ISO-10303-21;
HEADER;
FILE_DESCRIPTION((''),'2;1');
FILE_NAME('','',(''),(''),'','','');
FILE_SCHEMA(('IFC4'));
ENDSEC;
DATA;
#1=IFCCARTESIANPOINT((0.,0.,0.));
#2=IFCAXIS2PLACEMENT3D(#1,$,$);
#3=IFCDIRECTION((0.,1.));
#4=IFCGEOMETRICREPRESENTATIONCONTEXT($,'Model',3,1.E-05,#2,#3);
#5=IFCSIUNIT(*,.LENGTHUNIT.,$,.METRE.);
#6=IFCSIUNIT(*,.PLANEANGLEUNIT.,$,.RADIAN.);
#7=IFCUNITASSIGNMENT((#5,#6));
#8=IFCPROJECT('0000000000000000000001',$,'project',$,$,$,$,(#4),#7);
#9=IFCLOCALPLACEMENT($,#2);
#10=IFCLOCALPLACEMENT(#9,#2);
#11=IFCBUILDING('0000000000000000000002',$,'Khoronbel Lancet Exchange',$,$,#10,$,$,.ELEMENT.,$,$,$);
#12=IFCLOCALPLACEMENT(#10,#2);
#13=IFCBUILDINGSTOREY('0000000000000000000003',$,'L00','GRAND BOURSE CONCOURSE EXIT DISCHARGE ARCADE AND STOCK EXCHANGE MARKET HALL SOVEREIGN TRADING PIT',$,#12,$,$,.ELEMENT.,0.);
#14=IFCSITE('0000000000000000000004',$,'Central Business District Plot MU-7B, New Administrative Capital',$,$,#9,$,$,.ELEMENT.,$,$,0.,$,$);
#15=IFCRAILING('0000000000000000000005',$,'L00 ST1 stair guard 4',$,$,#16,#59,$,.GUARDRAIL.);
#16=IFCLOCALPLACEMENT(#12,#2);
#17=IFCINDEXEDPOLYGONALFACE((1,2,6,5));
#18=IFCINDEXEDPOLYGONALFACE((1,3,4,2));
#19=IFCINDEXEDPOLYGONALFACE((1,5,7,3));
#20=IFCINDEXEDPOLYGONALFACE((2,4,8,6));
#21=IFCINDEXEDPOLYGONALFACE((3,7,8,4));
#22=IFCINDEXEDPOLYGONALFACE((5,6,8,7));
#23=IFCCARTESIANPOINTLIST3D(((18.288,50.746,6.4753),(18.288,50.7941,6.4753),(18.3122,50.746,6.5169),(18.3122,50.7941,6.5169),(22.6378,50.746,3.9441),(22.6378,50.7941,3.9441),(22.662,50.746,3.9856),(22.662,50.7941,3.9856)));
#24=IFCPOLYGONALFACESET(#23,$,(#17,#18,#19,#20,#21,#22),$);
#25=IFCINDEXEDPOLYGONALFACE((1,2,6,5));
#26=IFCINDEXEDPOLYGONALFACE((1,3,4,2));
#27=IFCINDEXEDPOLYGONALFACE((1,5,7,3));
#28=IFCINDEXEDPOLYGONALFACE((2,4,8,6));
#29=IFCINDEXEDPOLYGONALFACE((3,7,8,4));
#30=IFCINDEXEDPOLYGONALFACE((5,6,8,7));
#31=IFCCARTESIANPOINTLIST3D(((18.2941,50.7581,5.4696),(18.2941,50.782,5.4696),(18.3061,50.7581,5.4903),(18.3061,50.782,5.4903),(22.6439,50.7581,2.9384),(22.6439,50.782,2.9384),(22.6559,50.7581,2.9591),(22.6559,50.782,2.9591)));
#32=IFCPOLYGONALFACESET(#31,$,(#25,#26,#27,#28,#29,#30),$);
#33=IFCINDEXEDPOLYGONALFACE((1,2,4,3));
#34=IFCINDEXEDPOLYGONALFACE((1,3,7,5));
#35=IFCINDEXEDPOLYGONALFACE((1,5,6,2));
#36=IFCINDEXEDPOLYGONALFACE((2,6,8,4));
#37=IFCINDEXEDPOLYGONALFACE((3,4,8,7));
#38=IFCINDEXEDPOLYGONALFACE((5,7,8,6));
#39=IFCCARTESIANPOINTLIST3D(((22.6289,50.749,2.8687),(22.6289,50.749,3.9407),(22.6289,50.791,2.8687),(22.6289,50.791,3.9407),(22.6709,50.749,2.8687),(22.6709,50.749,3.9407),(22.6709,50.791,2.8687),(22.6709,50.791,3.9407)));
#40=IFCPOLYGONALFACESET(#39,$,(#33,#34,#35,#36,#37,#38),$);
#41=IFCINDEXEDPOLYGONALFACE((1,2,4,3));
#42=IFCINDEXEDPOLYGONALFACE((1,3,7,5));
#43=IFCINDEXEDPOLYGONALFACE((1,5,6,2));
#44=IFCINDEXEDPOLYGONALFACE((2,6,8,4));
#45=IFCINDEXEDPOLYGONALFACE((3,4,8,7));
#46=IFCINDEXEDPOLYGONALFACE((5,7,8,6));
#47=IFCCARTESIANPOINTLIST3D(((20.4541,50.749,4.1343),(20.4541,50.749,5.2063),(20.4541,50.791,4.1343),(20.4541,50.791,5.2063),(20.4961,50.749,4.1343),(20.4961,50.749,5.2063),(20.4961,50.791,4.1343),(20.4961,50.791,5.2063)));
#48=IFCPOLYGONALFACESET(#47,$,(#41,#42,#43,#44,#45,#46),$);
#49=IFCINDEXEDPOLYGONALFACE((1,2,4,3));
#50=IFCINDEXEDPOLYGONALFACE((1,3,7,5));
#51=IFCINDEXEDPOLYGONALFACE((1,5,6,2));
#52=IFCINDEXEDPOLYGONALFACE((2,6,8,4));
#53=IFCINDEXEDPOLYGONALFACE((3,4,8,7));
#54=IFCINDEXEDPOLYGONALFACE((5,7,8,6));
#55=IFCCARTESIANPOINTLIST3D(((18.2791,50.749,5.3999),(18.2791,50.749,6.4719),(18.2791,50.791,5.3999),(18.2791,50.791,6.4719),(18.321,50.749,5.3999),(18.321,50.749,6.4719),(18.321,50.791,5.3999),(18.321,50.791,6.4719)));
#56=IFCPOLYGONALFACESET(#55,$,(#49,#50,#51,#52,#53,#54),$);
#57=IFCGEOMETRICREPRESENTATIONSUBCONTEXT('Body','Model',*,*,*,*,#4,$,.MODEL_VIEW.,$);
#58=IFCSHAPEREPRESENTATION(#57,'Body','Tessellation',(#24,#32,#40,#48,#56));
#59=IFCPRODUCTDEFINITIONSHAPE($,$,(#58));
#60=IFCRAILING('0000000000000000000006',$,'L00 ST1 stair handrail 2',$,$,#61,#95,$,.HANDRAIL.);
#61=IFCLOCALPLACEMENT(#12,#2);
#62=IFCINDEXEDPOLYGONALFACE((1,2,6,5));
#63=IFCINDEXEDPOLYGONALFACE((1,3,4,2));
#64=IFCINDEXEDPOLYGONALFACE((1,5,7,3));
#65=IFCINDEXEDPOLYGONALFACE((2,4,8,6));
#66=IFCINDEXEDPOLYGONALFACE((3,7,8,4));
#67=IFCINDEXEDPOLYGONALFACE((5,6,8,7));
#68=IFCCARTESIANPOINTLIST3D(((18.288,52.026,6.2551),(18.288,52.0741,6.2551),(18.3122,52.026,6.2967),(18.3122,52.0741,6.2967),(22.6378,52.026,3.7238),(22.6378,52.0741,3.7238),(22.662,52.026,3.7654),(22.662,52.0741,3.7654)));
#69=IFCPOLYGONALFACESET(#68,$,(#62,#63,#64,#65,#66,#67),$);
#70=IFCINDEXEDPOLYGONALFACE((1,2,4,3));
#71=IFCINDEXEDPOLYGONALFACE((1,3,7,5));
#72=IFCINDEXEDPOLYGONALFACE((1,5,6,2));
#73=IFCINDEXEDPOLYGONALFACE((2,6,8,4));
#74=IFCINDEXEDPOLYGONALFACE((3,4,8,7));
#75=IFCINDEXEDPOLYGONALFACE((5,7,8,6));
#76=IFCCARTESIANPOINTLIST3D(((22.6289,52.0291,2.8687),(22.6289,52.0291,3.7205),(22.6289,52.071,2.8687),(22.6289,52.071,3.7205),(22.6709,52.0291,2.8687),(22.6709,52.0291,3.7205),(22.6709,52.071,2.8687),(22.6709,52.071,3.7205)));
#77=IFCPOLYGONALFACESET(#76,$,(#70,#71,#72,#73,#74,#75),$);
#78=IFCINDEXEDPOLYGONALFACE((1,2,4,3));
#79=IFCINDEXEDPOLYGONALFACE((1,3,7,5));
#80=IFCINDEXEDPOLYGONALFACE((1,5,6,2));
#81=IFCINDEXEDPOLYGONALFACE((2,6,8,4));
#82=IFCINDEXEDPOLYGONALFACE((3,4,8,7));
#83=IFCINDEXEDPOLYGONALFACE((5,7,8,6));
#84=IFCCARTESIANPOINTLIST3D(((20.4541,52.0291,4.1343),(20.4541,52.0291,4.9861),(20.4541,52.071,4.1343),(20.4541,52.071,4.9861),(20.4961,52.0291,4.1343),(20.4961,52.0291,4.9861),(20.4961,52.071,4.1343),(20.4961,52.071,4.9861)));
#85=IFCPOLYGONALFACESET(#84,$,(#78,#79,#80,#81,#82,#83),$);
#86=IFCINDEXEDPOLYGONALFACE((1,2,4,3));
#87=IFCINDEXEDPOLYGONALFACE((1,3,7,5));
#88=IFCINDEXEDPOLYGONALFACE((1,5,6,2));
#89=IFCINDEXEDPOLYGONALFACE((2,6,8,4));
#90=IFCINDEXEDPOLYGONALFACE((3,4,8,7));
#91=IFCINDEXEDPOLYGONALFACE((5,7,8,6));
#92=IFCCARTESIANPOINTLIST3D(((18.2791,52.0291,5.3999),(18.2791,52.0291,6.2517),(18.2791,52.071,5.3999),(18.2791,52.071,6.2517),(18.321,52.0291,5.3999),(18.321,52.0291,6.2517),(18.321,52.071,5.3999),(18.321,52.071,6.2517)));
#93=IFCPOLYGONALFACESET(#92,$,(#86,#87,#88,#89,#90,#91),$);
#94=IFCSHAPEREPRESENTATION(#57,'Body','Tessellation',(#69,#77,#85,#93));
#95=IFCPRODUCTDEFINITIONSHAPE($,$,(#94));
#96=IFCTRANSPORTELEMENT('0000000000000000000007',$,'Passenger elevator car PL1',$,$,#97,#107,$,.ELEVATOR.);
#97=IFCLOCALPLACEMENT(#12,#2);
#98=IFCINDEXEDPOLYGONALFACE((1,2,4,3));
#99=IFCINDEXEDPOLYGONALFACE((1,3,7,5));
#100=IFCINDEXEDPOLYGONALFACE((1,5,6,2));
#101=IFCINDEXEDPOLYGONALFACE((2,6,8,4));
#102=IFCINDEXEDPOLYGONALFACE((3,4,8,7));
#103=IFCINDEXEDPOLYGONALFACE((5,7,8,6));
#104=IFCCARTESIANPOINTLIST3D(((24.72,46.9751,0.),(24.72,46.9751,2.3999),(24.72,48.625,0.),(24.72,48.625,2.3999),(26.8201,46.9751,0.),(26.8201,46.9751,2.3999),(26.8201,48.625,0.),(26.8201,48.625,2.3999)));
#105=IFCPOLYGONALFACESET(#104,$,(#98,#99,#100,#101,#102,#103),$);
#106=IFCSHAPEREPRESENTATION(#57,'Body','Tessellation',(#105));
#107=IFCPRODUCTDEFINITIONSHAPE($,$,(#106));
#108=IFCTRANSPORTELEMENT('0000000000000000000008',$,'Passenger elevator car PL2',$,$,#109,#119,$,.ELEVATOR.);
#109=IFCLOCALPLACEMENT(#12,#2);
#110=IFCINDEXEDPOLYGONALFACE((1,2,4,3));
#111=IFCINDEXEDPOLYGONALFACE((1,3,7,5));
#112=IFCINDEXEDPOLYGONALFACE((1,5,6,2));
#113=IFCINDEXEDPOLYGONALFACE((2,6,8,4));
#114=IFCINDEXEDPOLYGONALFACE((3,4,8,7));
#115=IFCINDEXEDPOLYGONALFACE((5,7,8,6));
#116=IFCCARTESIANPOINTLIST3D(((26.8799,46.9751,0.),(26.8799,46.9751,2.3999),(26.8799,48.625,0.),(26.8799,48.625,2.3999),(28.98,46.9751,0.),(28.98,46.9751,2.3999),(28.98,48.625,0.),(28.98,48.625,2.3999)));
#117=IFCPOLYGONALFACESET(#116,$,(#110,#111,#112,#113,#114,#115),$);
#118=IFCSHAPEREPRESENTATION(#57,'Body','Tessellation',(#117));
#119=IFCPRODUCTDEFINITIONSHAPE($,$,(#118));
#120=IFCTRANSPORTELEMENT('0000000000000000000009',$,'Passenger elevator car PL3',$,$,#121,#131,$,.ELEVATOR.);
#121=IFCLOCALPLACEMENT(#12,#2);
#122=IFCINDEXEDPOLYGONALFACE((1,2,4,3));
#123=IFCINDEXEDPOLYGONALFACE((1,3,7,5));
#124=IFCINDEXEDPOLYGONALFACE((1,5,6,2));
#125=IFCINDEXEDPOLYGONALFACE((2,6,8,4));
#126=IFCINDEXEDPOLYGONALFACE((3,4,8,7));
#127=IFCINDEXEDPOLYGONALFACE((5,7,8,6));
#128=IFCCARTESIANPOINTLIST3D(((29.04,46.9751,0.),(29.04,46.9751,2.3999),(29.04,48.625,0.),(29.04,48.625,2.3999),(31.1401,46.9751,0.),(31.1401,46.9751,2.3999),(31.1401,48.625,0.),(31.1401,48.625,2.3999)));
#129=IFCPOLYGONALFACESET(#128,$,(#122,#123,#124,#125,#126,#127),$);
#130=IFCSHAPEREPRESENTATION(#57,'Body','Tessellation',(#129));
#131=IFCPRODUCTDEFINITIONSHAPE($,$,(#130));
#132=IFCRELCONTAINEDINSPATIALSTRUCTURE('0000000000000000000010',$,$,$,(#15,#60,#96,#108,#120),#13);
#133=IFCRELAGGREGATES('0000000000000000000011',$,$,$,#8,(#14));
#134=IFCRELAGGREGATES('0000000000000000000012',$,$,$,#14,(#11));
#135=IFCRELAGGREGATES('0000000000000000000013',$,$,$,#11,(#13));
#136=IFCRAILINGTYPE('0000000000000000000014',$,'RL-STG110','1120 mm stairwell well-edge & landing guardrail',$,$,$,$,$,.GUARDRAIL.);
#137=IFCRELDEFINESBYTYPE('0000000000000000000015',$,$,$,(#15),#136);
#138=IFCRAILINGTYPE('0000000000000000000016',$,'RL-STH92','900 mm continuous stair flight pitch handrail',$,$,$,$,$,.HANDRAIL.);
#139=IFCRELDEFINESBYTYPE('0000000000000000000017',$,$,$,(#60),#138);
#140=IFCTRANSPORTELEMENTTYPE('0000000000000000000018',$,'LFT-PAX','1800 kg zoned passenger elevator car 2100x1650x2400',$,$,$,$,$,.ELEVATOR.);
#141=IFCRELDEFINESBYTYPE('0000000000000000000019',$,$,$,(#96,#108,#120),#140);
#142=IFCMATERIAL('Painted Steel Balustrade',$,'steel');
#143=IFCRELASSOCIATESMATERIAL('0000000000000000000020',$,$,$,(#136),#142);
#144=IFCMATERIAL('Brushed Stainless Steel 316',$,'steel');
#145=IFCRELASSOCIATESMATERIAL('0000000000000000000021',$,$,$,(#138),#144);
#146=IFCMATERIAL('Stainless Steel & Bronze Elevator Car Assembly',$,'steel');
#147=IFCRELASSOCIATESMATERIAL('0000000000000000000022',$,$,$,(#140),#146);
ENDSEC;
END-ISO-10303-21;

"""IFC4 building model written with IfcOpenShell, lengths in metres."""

from ifc_helpers import new_model, si_unit, direction, frame, origin, origin_2d, place, context, subcontext, project, spatial, rectangle, extrude, material, type_object, element, save


model = new_model("IFC4")

# Units and contexts
model_context = context("Model", 3, precision=1e-05, world=origin(), true_north=direction((0.0, 1.0)))
body_context = subcontext(model_context, "Body", "Model", "MODEL_VIEW")
ifc_project = project(units=[si_unit("LENGTHUNIT", "METRE"), si_unit("PLANEANGLEUNIT", "RADIAN")], contexts=[model_context])

# Site, building, storey
site_placement = place(None, origin())
site = spatial("IfcSite", under=ifc_project, at=site_placement, Name="Central Business District Plot MU-7B, New Administrative Capital", CompositionType="ELEMENT", RefElevation=0.0)
building_placement = place(site_placement, origin())
building = spatial("IfcBuilding", under=site, at=building_placement, Name="Khoronbel Lancet Exchange", CompositionType="ELEMENT")
storey_placement = place(building_placement, origin())
storey = spatial("IfcBuildingStorey", under=building, at=storey_placement, Name="L00", Description="GRAND BOURSE CONCOURSE EXIT DISCHARGE ARCADE AND STOCK EXCHANGE MARKET HALL SOVEREIGN TRADING PIT", CompositionType="ELEMENT", Elevation=0.0)

# Railings
ifc_material_1 = material(Name="Painted Steel Balustrade", Category="steel")
railing_type_1 = type_object("IfcRailingType", Name="RL-STG110", Description="1120 mm stairwell well-edge & landing guardrail", PredefinedType="GUARDRAIL", material=ifc_material_1)
railing_1_placement = place(storey_placement, frame((22.6499, 50.77, 2.8687)))
element("IfcRailing", 1, at=railing_1_placement, inside=storey, type_object=railing_type_1, Name="L00 ST1 stair guard 4", PredefinedType="GUARDRAIL", context=body_context, shape_type="SweptSolid", body=[
    extrude(rectangle(XDim=0.0481, YDim=0.0481, at=origin_2d()), frame((0.0, 0.0, 1.0962), z_axis=(-0.864312, 0.0, 0.502957), x_axis=(0.0, -1.0, 0.0)), (0.0, 0.0, 1.0), 5.0327),
    extrude(rectangle(XDim=0.0239, YDim=0.0239, at=origin_2d()), frame((0.0, 0.0, 0.0801), z_axis=(-0.864312, 0.0, 0.502957), x_axis=(0.0, -1.0, 0.0)), (0.0, 0.0, 1.0), 5.0327),
    extrude(rectangle(XDim=0.042, YDim=0.042, at=origin_2d()), origin(), (0.0, 0.0, 1.0), 1.072),
    extrude(rectangle(XDim=0.042, YDim=0.042, at=origin_2d()), frame((-2.1748, 0.0, 1.2656)), (0.0, 0.0, 1.0), 1.072),
    extrude(rectangle(XDim=0.042, YDim=0.042, at=origin_2d()), frame((-4.3499, 0.0, 2.5312)), (0.0, 0.0, 1.0), 1.072),
])
ifc_material_2 = material(Name="Brushed Stainless Steel 316", Category="steel")
railing_type_2 = type_object("IfcRailingType", Name="RL-STH92", Description="900 mm continuous stair flight pitch handrail", PredefinedType="HANDRAIL", material=ifc_material_2)
railing_2_placement = place(storey_placement, frame((22.6499, 52.05, 2.8687)))
element("IfcRailing", 2, at=railing_2_placement, inside=storey, type_object=railing_type_2, Name="L00 ST1 stair handrail 2", PredefinedType="HANDRAIL", context=body_context, shape_type="SweptSolid", body=[
    extrude(rectangle(XDim=0.0481, YDim=0.0481, at=origin_2d()), frame((0.0, 0.0, 0.876), z_axis=(-0.864312, 0.0, 0.502957), x_axis=(0.0, -1.0, 0.0)), (0.0, 0.0, 1.0), 5.0327),
    extrude(rectangle(XDim=0.042, YDim=0.042, at=origin_2d()), origin(), (0.0, 0.0, 1.0), 0.8518),
    extrude(rectangle(XDim=0.042, YDim=0.042, at=origin_2d()), frame((-2.1748, 0.0, 1.2656)), (0.0, 0.0, 1.0), 0.8518),
    extrude(rectangle(XDim=0.042, YDim=0.042, at=origin_2d()), frame((-4.3499, 0.0, 2.5312)), (0.0, 0.0, 1.0), 0.8518),
])

# Transport elements
ifc_material_3 = material(Name="Stainless Steel & Bronze Elevator Car Assembly", Category="steel")
transport_element_type = type_object("IfcTransportElementType", Name="LFT-PAX", Description="1800 kg zoned passenger elevator car 2100x1650x2400", PredefinedType="ELEVATOR", material=ifc_material_3)
for number, where, z_axis, x_axis, name in (
    (3, (25.77, 47.8, 0.0), (0.0, 0.0, 1.0), (1.0, 0.0, 0.0), "Passenger elevator car PL1"),
    (4, (27.9299, 47.8, 0.0), (0.0, 0.0, 1.0), (1.0, 0.0, 0.0), "Passenger elevator car PL2"),
    (5, (30.0901, 47.8, 0.0), (0.0, 0.0, 1.0), (1.0, 0.0, 0.0), "Passenger elevator car PL3"),
):
    element("IfcTransportElement", number, at=place(storey_placement, frame(where, z_axis=z_axis, x_axis=x_axis)), inside=storey, type_object=transport_element_type, Name=name, PredefinedType="ELEVATOR", context=body_context, shape_type="SweptSolid", body=[
        extrude(rectangle(XDim=2.1001, YDim=1.6499, at=origin_2d()), origin(), (0.0, 0.0, 1.0), 2.3999),
    ])

save(model, "model.ifc")
